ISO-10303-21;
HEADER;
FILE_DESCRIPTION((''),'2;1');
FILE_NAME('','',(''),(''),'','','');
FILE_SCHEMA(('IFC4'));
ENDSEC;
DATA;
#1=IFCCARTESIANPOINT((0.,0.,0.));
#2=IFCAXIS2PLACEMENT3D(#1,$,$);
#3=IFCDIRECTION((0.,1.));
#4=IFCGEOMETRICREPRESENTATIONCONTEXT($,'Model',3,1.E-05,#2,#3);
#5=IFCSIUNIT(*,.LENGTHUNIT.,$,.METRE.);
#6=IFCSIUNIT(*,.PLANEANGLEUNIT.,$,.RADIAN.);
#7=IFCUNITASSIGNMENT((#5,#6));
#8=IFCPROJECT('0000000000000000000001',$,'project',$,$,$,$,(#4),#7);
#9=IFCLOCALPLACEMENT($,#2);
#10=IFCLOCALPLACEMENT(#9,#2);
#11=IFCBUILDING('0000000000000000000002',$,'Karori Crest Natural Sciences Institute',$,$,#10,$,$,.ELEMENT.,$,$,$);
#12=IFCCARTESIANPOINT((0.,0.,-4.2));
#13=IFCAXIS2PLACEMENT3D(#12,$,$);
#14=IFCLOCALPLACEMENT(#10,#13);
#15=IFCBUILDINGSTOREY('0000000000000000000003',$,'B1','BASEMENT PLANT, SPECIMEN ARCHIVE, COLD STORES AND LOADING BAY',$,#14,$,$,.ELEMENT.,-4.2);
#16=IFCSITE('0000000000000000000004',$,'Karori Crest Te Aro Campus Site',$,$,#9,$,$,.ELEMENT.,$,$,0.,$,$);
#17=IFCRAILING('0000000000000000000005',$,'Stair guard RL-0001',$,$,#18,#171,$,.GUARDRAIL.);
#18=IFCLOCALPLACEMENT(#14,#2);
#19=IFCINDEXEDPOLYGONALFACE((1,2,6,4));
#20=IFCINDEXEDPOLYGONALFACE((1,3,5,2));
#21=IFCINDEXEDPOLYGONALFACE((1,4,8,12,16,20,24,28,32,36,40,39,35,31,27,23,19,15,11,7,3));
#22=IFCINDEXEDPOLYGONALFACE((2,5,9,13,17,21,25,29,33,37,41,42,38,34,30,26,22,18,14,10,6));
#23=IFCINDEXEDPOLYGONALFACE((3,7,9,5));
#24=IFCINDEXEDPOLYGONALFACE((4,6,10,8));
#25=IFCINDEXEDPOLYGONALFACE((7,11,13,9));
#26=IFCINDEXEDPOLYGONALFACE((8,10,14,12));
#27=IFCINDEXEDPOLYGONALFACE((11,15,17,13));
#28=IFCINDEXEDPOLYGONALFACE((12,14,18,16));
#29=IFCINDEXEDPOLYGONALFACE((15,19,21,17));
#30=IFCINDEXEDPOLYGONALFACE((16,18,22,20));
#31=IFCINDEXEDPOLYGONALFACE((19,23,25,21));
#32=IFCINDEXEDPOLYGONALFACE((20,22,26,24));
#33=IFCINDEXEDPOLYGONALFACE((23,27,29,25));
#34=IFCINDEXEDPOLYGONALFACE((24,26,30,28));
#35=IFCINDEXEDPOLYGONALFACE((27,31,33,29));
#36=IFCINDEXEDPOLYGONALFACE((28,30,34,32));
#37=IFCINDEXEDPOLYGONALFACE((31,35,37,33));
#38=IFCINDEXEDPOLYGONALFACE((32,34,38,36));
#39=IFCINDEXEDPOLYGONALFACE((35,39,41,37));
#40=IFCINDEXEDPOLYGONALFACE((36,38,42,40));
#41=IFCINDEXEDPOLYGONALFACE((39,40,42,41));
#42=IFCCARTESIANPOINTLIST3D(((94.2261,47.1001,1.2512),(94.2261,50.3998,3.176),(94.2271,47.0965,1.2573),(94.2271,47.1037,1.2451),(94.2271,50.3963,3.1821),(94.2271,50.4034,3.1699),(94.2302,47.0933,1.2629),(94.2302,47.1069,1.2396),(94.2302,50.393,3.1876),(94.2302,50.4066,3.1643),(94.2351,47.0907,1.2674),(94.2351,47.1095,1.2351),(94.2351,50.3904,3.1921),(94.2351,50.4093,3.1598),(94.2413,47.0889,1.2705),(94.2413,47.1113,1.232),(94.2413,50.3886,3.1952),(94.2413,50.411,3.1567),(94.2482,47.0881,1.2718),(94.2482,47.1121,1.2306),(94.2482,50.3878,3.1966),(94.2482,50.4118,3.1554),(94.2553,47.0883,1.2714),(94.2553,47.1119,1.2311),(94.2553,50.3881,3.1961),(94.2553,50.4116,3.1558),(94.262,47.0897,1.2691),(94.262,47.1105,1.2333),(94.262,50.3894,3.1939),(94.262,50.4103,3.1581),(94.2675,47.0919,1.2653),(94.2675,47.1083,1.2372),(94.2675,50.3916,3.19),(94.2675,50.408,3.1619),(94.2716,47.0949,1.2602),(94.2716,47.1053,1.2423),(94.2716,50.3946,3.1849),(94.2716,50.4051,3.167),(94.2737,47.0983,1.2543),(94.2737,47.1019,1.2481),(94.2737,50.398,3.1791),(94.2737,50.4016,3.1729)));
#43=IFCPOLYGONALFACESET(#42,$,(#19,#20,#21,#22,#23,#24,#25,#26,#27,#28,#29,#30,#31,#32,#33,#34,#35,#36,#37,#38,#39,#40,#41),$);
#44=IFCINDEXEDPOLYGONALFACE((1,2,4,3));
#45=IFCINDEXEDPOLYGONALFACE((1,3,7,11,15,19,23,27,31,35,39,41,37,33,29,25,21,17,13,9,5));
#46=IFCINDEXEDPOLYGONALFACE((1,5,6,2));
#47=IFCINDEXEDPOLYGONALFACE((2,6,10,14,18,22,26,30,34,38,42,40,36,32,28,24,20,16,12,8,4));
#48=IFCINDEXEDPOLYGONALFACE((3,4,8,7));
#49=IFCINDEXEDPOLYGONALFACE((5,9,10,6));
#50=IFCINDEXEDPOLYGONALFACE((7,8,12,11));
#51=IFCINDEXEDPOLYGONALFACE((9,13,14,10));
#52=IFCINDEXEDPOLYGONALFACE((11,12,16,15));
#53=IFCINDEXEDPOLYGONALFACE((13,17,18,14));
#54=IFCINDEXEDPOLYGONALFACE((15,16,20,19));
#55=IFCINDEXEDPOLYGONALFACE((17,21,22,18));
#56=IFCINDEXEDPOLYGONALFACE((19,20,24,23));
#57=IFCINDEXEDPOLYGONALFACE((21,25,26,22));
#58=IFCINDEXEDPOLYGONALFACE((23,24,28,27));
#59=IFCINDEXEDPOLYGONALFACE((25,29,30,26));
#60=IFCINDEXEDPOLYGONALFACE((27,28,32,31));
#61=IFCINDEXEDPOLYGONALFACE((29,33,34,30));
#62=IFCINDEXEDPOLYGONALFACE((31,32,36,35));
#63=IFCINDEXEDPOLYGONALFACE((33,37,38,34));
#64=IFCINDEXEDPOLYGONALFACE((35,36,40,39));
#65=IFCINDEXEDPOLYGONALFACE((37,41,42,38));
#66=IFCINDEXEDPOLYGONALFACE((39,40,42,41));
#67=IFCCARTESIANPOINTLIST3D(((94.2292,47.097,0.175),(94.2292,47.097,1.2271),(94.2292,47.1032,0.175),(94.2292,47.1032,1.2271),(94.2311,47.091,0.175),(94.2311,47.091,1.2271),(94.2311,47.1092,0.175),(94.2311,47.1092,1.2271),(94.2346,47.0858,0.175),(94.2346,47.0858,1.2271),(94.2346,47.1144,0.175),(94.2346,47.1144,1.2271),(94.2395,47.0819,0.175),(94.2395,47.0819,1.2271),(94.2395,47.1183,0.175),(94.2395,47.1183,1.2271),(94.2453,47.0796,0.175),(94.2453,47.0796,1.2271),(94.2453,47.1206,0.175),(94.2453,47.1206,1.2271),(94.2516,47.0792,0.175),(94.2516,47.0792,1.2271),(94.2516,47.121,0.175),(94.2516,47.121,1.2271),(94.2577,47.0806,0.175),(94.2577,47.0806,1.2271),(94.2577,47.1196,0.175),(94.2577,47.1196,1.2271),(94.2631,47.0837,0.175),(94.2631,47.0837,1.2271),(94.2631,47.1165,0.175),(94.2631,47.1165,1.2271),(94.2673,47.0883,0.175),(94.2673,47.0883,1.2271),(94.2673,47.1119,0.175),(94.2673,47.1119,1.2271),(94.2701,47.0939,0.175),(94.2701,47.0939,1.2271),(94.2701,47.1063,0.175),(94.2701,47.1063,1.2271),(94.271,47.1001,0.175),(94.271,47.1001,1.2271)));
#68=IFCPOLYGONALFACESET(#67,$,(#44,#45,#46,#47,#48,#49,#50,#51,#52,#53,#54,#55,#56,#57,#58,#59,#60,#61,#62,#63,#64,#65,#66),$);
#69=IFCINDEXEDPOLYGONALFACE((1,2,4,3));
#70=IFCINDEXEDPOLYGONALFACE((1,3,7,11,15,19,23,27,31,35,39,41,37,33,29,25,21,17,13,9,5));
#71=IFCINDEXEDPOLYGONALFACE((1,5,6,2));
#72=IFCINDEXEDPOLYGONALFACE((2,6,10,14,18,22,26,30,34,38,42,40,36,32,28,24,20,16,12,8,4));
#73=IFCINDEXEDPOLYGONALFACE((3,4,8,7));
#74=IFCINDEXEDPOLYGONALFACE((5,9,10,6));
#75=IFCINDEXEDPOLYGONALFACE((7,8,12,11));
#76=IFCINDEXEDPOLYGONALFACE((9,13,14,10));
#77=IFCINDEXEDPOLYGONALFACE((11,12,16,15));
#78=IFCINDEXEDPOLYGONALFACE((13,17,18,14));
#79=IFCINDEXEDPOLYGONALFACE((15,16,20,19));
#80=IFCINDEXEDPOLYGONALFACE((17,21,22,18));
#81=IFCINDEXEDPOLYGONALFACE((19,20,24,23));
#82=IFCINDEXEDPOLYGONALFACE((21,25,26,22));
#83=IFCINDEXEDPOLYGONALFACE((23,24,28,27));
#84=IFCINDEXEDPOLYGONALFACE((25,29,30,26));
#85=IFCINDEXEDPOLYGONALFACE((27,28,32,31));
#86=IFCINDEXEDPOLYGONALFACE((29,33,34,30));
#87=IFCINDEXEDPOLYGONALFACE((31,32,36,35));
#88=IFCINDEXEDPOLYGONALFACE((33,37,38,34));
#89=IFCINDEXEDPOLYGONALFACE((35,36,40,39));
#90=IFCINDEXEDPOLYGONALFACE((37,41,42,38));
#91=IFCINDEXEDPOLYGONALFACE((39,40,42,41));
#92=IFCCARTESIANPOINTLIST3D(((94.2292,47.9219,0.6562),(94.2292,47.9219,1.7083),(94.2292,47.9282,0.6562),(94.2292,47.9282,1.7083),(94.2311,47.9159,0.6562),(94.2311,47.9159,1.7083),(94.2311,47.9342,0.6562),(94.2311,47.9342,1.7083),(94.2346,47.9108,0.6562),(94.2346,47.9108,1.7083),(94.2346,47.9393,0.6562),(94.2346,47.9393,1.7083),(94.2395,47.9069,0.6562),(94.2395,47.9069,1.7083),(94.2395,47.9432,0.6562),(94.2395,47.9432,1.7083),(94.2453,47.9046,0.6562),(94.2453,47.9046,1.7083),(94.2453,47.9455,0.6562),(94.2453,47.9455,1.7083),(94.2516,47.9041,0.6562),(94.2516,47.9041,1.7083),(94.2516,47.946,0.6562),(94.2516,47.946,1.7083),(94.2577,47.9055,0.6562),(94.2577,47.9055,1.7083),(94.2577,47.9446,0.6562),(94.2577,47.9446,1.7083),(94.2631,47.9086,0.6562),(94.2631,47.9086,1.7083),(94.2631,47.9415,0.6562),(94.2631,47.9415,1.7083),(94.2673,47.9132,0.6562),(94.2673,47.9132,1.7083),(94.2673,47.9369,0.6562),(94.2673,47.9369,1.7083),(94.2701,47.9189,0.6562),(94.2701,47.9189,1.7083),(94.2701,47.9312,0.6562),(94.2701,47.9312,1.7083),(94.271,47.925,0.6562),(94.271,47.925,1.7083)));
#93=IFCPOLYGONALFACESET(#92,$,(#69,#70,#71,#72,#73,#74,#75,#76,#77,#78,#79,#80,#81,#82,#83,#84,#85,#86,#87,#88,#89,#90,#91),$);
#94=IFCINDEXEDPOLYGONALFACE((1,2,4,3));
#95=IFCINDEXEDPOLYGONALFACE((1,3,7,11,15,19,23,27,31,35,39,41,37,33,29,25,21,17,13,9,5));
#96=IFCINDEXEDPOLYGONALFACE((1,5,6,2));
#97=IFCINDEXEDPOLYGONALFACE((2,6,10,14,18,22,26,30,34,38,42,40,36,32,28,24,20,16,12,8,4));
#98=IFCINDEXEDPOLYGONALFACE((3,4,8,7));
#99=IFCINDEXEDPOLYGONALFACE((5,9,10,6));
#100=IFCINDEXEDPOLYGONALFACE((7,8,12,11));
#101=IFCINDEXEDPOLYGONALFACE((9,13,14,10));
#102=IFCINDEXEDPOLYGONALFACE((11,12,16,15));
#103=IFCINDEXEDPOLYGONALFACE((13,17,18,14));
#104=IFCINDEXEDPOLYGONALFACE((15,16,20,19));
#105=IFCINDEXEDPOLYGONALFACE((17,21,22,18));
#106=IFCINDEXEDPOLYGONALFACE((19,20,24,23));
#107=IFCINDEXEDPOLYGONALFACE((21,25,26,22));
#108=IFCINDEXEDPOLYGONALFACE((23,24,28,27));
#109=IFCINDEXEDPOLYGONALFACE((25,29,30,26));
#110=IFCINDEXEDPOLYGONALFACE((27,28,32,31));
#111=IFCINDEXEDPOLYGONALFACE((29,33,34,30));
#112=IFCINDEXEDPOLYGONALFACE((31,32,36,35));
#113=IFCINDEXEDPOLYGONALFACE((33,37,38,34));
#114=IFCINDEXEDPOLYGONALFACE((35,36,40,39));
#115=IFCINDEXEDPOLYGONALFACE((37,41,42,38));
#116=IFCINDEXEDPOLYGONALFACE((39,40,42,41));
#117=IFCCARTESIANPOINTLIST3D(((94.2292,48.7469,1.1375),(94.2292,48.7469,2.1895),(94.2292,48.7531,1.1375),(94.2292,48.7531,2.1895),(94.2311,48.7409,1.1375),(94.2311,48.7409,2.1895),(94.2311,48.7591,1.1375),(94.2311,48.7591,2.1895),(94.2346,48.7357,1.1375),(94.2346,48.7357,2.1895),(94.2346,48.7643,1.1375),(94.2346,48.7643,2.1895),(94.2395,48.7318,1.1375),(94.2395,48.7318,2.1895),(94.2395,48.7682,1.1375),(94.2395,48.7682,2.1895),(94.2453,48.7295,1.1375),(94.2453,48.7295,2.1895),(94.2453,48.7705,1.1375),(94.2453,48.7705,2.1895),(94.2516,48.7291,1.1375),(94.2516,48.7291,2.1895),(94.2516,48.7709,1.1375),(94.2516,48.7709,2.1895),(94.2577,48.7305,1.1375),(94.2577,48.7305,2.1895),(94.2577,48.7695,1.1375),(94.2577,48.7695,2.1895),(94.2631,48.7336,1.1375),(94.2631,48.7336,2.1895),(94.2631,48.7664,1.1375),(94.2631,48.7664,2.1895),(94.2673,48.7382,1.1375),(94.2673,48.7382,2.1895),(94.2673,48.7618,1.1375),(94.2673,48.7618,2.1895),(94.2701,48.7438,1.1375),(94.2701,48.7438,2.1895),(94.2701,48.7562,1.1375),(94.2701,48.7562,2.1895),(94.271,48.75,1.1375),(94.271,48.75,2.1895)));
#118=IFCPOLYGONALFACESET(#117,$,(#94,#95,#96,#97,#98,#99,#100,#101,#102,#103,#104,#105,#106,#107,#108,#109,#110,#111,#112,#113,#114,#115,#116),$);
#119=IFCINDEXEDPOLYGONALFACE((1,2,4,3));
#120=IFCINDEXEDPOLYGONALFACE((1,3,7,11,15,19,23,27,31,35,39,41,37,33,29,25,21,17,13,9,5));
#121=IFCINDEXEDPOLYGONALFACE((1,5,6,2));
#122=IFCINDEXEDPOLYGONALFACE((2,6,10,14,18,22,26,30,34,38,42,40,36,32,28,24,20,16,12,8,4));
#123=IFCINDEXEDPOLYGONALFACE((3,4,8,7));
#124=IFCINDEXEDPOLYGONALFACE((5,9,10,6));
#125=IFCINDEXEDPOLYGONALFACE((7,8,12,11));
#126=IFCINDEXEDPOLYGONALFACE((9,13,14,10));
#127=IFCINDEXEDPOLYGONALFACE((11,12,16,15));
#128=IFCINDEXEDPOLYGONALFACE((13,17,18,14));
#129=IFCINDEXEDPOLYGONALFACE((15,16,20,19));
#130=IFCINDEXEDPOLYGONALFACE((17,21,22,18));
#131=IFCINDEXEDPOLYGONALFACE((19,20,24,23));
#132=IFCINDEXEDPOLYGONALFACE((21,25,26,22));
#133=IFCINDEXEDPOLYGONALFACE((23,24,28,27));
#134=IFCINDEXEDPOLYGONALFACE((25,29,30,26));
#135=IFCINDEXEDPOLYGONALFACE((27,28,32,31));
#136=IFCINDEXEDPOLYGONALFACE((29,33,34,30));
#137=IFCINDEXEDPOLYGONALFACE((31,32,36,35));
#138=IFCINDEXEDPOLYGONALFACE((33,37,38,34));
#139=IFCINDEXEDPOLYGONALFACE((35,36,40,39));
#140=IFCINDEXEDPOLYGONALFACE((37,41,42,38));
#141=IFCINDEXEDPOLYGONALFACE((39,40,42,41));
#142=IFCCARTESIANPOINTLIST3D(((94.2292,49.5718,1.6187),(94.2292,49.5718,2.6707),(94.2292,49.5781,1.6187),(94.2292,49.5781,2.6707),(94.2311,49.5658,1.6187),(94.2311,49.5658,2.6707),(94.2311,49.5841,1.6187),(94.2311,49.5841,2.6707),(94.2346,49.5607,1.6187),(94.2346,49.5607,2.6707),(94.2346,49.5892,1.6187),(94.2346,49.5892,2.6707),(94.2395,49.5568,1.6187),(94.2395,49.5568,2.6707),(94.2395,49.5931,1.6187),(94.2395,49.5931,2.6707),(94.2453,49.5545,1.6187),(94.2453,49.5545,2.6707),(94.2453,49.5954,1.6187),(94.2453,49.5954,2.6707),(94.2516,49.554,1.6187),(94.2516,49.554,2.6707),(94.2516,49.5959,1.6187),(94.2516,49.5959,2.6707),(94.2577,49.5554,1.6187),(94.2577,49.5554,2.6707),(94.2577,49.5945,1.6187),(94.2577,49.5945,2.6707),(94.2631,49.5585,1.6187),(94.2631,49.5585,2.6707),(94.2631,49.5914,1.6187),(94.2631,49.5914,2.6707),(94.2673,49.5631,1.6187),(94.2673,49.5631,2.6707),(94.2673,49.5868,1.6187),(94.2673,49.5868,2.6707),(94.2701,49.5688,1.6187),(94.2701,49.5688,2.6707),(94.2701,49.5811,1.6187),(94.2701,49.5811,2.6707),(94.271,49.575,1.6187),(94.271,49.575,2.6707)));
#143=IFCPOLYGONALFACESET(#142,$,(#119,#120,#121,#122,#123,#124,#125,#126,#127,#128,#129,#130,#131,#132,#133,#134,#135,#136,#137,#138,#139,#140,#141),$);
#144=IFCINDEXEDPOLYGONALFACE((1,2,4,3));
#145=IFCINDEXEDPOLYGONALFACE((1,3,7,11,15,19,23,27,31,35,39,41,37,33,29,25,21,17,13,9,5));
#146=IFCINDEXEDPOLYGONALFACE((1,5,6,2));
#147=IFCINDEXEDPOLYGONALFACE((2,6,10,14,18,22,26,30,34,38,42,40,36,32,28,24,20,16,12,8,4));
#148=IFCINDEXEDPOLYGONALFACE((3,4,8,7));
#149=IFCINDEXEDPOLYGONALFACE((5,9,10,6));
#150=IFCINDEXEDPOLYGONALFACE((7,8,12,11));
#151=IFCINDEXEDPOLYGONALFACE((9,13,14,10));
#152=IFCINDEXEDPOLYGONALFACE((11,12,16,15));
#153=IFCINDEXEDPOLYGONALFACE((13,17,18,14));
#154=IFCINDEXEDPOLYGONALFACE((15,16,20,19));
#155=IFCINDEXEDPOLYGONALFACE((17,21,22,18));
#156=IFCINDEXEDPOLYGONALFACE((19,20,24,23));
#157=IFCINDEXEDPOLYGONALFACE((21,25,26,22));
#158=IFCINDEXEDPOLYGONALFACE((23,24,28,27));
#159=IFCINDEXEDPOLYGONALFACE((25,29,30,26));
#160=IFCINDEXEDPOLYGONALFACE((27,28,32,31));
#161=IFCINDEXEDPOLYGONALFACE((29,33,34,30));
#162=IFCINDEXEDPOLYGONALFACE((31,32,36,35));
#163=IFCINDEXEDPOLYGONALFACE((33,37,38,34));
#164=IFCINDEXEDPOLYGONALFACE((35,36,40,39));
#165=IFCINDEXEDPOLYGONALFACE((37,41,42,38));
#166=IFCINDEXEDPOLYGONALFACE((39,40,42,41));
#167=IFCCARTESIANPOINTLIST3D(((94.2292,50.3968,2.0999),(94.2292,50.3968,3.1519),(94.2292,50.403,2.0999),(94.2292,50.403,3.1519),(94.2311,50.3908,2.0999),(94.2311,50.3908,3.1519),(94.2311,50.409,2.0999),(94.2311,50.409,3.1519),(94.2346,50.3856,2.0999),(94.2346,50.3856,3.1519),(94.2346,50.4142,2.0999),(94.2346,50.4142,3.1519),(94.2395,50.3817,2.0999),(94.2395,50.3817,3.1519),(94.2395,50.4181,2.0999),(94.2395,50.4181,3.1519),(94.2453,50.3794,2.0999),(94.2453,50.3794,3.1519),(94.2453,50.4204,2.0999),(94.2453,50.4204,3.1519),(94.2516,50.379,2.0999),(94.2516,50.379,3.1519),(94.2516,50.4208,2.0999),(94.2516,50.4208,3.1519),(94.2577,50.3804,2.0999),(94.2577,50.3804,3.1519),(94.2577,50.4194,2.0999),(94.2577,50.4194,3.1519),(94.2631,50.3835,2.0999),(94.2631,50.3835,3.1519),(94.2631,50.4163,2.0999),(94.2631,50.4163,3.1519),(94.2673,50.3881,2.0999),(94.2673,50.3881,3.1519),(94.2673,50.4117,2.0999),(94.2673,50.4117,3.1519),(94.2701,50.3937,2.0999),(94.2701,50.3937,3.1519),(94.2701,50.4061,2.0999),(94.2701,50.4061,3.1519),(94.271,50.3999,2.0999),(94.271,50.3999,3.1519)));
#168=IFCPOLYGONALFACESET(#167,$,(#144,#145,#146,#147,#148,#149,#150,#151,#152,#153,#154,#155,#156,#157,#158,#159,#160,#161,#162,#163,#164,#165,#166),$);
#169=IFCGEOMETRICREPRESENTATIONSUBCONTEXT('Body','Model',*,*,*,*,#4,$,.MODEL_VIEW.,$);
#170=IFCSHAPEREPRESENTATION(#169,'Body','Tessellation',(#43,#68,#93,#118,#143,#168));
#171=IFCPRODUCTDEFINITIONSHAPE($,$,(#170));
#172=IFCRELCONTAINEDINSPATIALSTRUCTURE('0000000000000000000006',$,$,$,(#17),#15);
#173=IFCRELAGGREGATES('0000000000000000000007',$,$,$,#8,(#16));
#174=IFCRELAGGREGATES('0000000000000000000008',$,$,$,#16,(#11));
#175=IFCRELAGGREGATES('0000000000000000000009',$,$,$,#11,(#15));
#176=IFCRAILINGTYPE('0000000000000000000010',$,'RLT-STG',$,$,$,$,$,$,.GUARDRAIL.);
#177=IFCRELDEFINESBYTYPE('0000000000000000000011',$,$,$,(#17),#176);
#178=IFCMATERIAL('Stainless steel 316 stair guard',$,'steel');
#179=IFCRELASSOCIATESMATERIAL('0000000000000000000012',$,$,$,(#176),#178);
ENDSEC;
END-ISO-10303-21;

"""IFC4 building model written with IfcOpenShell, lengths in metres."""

from ifc_helpers import new_model, si_unit, direction, frame, origin, origin_2d, place, context, subcontext, project, spatial, circle, extrude, material, type_object, element, save


model = new_model("IFC4")

# Units and contexts
model_context = context("Model", 3, precision=1e-05, world=origin(), true_north=direction((0.0, 1.0)))
body_context = subcontext(model_context, "Body", "Model", "MODEL_VIEW")
ifc_project = project(units=[si_unit("LENGTHUNIT", "METRE"), si_unit("PLANEANGLEUNIT", "RADIAN")], contexts=[model_context])

# Site, building, storey
site_placement = place(None, origin())
site = spatial("IfcSite", under=ifc_project, at=site_placement, Name="Karori Crest Te Aro Campus Site", CompositionType="ELEMENT", RefElevation=0.0)
building_placement = place(site_placement, origin())
building = spatial("IfcBuilding", under=site, at=building_placement, Name="Karori Crest Natural Sciences Institute", CompositionType="ELEMENT")
storey_placement = place(building_placement, frame((0.0, 0.0, -4.2)))
storey = spatial("IfcBuildingStorey", under=building, at=storey_placement, Name="B1", Description="BASEMENT PLANT, SPECIMEN ARCHIVE, COLD STORES AND LOADING BAY", CompositionType="ELEMENT", Elevation=-4.2)

# Railing
ifc_material_1 = material(Name="Stainless steel 316 stair guard", Category="steel")
railing_type_1 = type_object("IfcRailingType", Name="RLT-STG", PredefinedType="GUARDRAIL", material=ifc_material_1)
railing_1_placement = place(storey_placement, frame((94.25, 47.1001, 0.175)))
element("IfcRailing", 1, at=railing_1_placement, inside=storey, type_object=railing_type_1, Name="Stair guard RL-0001", PredefinedType="GUARDRAIL", context=body_context, shape_type="SweptSolid", body=[
    extrude(circle(Radius=0.0239, at=origin_2d()), frame((0.0, 0.0, 1.0762), z_axis=(0.0, 0.863788, 0.503855), x_axis=(-1.0, 0.0, 0.0)), (0.0, 0.0, 1.0), 3.8201),
    extrude(circle(Radius=0.021, at=origin_2d()), origin(), (0.0, 0.0, 1.0), 1.052),
    extrude(circle(Radius=0.021, at=origin_2d()), frame((0.0, 0.825, 0.4812)), (0.0, 0.0, 1.0), 1.052),
    extrude(circle(Radius=0.021, at=origin_2d()), frame((0.0, 1.6499, 0.9624)), (0.0, 0.0, 1.0), 1.052),
    extrude(circle(Radius=0.021, at=origin_2d()), frame((0.0, 2.4749, 1.4436)), (0.0, 0.0, 1.0), 1.052),
    extrude(circle(Radius=0.021, at=origin_2d()), frame((0.0, 3.2998, 1.9248)), (0.0, 0.0, 1.0), 1.052),
])

save(model, "model.ifc")
